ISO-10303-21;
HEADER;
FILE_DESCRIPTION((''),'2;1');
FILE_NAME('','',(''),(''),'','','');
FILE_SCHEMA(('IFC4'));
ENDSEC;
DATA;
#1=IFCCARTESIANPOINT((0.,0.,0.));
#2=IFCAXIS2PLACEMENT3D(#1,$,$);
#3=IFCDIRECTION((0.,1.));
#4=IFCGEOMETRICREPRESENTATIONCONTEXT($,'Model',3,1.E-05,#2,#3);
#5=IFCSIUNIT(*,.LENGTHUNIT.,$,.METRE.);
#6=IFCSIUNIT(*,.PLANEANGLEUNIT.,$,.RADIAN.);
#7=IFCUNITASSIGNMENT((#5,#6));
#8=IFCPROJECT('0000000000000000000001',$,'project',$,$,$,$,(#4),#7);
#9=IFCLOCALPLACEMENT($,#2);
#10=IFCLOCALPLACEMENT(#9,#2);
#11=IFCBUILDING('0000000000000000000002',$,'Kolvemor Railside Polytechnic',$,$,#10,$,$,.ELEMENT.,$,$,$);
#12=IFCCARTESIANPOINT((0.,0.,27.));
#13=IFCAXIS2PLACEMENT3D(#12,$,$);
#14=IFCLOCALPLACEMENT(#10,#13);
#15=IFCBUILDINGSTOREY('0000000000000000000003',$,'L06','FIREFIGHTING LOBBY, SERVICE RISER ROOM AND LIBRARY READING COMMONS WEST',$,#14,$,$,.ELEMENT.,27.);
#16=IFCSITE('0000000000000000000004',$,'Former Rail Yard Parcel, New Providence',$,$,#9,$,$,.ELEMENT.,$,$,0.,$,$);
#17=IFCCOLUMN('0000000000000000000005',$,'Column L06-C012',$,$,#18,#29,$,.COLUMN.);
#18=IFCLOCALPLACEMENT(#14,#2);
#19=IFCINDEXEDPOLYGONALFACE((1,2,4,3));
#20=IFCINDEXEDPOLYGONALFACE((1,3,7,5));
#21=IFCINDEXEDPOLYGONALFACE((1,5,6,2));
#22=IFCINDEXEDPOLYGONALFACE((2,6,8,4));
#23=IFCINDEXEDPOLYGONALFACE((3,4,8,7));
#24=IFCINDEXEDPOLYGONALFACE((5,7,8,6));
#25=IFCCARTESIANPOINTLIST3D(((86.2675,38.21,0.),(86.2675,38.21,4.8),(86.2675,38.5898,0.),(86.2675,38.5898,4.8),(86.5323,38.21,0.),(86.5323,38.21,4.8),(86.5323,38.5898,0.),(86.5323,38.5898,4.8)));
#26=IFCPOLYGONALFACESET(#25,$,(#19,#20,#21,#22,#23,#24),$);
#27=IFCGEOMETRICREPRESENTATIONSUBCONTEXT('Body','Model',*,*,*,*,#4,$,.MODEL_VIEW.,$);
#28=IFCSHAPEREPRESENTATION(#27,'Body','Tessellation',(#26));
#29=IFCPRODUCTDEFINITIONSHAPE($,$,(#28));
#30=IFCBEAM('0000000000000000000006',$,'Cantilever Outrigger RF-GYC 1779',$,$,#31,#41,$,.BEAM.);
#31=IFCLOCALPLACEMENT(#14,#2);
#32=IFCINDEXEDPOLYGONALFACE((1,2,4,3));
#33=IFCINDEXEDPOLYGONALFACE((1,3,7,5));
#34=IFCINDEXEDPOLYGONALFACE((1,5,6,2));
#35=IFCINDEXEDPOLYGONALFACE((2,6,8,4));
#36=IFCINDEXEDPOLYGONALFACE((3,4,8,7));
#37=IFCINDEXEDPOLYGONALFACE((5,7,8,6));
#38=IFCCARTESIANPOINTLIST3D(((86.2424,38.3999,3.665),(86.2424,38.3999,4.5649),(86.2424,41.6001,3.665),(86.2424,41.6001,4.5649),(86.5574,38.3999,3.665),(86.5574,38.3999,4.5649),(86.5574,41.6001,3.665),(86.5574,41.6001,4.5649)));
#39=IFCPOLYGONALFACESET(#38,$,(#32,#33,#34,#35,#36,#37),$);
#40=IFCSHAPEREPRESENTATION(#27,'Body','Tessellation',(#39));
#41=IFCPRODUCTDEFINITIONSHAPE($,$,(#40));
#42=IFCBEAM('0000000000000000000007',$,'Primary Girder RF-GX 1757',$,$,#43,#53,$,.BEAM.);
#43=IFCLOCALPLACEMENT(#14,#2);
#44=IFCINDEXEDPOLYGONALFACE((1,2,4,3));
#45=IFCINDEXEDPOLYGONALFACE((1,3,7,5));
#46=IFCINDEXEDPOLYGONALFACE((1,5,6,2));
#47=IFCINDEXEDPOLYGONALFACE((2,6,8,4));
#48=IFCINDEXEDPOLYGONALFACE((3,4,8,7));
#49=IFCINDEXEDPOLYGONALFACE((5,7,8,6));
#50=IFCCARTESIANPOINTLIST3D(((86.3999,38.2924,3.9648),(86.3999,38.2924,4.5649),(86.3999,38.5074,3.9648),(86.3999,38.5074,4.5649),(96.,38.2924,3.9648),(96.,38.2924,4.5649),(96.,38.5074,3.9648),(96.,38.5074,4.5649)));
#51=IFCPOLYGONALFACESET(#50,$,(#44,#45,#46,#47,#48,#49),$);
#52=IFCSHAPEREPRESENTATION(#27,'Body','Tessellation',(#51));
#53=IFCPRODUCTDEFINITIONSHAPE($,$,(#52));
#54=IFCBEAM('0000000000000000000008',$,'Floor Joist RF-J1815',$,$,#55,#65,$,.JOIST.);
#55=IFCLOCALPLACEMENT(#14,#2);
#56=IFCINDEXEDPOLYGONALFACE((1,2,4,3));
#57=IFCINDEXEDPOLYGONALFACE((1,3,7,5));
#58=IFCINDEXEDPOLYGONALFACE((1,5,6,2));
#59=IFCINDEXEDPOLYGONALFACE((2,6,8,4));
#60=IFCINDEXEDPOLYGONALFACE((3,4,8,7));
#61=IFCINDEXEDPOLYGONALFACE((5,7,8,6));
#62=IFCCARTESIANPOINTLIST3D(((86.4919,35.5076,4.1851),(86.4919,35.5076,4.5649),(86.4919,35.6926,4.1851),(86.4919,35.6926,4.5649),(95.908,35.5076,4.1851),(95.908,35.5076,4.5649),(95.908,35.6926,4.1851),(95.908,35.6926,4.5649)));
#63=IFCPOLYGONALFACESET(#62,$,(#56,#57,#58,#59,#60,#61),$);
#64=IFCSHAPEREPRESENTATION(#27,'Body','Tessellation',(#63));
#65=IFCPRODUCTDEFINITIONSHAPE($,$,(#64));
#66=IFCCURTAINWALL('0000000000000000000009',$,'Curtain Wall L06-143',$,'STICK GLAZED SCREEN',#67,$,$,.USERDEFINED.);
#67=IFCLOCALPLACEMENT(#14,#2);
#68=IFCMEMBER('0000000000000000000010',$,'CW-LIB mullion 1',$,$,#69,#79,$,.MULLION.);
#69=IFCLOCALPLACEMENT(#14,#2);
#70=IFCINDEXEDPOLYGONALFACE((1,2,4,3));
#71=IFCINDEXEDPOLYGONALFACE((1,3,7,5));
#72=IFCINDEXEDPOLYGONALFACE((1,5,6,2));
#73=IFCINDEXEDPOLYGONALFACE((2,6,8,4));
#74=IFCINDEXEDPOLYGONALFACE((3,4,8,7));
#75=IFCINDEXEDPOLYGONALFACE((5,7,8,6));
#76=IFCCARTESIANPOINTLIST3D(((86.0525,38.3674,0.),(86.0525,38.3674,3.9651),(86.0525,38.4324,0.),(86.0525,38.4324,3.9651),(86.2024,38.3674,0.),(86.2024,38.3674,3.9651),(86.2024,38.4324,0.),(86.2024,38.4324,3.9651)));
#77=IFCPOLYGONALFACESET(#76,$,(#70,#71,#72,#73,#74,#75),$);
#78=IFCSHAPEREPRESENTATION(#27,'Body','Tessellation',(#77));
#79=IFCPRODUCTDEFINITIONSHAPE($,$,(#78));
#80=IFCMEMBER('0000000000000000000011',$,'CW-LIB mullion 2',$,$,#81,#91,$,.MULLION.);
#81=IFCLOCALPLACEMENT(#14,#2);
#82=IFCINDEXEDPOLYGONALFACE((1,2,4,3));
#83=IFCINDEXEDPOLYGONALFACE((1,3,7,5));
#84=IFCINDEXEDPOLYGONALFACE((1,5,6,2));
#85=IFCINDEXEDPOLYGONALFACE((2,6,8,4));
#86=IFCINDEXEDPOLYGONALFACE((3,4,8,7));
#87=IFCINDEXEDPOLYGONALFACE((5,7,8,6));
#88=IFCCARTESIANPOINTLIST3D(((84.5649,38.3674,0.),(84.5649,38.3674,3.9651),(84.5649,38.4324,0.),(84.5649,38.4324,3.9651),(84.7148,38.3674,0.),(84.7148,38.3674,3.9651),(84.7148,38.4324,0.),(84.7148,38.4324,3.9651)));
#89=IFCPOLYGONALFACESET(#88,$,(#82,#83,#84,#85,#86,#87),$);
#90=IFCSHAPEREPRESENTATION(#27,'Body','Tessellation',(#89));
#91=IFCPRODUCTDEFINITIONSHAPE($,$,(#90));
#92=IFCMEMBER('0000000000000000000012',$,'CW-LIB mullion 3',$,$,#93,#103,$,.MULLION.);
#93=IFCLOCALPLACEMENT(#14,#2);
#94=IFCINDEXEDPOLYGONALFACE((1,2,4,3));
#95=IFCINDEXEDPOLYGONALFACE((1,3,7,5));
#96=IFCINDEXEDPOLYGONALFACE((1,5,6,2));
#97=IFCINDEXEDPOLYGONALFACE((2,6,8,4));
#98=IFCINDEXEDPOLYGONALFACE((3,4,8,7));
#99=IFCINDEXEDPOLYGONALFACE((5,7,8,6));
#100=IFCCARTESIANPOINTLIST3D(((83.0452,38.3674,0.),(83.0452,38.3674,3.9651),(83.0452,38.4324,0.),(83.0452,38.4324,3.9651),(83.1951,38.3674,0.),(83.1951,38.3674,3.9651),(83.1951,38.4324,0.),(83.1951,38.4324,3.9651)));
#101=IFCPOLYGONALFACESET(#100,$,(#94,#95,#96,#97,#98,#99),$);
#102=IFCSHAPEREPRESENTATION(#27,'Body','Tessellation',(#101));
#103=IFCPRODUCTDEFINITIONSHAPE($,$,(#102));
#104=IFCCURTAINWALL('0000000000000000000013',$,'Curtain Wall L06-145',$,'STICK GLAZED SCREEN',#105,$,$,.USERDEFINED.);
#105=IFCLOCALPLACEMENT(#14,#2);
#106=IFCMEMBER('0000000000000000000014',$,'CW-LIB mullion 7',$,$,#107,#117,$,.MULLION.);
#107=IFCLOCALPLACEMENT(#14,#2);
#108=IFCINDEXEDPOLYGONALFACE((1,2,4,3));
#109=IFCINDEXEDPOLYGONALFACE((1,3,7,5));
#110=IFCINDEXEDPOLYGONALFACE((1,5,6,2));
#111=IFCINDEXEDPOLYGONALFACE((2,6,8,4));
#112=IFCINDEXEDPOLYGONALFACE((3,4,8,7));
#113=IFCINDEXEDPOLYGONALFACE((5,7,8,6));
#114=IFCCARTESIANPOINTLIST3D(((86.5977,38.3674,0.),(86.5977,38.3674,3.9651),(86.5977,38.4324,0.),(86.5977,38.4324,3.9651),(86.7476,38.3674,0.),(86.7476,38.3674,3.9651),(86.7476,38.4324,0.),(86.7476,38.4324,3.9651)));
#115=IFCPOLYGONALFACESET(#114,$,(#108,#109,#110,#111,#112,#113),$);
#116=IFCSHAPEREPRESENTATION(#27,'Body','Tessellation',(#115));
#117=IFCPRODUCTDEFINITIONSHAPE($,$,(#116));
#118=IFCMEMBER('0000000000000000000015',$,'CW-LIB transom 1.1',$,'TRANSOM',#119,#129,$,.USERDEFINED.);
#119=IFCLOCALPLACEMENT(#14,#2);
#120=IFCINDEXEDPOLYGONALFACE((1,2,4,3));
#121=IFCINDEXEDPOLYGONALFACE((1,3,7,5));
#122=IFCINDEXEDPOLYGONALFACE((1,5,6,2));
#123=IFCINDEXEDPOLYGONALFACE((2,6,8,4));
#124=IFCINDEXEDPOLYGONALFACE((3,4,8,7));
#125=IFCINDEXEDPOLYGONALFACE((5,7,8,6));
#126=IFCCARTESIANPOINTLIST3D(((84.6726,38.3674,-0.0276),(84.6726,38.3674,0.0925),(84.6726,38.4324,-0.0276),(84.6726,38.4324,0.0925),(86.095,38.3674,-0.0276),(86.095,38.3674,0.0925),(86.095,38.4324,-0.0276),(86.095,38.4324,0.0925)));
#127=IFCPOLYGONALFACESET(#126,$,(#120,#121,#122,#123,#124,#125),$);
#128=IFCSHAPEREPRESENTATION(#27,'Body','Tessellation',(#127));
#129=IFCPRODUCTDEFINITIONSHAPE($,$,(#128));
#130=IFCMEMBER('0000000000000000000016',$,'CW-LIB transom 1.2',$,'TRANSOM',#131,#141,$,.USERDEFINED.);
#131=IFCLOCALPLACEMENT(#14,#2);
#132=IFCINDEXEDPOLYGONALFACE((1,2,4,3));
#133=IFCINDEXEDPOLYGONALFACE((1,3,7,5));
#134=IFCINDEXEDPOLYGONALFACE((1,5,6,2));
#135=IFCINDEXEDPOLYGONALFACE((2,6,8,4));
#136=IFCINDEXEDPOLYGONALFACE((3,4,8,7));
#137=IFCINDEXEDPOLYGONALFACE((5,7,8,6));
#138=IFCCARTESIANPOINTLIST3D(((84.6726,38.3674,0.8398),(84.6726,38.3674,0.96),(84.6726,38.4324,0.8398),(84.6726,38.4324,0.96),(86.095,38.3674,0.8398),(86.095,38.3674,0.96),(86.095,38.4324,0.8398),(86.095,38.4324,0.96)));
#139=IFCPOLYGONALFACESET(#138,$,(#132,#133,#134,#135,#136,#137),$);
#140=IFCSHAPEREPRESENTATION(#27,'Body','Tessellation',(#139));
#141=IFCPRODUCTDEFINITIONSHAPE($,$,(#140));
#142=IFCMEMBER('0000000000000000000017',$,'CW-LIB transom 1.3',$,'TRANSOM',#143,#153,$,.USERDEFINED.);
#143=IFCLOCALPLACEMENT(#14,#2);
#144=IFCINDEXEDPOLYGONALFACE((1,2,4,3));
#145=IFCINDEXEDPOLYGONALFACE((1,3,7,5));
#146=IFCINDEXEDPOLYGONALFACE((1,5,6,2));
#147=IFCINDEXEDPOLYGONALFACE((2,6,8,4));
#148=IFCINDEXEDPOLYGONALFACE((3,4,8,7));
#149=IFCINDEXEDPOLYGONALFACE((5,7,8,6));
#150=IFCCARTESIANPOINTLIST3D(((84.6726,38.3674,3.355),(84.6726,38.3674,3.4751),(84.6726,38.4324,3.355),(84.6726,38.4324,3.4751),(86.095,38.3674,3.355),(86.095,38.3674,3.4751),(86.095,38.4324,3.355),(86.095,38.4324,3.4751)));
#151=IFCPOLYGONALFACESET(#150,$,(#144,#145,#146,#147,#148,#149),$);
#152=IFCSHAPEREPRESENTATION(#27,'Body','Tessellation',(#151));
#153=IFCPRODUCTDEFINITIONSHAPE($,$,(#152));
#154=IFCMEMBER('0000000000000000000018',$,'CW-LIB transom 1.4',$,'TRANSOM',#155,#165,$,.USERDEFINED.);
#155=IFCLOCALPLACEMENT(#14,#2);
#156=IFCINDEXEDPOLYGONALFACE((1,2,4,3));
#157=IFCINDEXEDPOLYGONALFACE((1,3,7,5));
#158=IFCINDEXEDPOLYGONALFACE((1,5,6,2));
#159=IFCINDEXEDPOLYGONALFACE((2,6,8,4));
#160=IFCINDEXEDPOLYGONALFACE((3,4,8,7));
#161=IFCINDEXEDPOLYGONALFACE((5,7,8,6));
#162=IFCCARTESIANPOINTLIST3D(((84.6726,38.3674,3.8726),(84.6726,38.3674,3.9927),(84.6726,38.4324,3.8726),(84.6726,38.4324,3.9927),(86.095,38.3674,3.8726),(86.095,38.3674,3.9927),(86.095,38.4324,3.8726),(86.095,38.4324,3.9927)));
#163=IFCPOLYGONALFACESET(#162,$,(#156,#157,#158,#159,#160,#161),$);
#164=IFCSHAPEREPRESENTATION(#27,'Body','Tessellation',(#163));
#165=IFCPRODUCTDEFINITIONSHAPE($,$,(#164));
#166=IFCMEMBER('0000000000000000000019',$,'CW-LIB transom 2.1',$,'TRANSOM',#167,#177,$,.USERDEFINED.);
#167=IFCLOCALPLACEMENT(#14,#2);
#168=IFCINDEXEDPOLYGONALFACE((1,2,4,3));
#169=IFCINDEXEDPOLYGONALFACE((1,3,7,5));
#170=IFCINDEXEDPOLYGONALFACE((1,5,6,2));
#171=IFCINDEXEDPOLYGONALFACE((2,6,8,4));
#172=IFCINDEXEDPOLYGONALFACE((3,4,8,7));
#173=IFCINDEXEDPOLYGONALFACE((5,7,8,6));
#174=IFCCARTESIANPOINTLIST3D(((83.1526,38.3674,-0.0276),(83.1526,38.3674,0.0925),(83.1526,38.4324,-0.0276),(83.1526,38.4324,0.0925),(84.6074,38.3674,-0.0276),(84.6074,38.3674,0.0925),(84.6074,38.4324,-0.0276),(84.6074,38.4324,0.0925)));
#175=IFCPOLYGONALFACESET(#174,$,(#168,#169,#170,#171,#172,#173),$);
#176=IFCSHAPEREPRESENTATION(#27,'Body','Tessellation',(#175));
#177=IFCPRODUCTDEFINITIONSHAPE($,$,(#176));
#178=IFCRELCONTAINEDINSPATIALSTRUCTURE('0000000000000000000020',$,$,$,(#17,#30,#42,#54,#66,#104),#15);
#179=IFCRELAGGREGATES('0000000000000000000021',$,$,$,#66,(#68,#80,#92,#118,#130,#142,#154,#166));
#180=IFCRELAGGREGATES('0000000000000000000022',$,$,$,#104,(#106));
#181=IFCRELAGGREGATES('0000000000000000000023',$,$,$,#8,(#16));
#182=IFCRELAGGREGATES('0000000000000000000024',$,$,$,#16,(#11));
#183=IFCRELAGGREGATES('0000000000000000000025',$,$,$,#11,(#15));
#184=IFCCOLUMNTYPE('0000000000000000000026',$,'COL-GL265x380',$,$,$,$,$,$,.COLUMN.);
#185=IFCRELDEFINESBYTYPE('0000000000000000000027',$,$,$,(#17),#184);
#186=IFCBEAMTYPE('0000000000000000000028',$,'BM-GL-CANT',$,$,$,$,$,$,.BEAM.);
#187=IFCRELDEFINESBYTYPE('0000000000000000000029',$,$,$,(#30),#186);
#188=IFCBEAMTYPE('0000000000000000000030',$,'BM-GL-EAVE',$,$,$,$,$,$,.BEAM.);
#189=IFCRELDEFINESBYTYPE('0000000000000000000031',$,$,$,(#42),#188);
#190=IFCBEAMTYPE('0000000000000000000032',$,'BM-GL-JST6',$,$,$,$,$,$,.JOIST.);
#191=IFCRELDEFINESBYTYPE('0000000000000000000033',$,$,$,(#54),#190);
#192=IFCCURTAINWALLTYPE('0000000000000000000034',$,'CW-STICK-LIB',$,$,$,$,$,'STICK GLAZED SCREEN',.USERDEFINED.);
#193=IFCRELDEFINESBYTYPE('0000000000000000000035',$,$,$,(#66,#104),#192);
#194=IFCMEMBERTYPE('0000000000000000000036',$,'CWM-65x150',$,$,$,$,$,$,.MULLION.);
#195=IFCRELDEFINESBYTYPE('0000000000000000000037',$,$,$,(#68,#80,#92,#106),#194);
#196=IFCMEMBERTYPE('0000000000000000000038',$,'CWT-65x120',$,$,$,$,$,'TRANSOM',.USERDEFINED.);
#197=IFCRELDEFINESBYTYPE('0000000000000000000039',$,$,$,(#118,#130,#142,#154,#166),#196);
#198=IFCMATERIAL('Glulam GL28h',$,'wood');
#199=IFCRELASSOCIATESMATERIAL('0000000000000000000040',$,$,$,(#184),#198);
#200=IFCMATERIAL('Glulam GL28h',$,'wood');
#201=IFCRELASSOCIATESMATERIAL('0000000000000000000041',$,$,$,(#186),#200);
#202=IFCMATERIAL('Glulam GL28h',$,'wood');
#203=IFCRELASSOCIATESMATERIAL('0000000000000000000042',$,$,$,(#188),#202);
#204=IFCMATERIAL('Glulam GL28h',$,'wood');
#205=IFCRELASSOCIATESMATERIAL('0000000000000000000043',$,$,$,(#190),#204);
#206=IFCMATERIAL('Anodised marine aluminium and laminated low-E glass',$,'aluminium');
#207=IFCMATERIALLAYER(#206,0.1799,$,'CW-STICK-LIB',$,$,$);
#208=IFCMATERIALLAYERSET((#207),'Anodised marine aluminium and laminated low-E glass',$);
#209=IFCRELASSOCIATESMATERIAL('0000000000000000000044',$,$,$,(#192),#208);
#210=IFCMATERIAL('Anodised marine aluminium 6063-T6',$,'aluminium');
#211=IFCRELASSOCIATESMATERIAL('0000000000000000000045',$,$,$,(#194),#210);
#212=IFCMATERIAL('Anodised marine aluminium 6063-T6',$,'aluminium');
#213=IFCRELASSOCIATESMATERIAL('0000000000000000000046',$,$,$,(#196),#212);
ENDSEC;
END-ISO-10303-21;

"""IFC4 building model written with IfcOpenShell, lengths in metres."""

from ifc_helpers import new_model, si_unit, direction, frame, origin, origin_2d, place, context, subcontext, project, spatial, rectangle, extrude, material, layer, layer_set, material_profile, profile_set, type_object, element, aggregate, save


model = new_model("IFC4")

# Units and contexts
model_context = context("Model", 3, precision=1e-05, world=origin(), true_north=direction((0.0, 1.0)))
body_context = subcontext(model_context, "Body", "Model", "MODEL_VIEW")
ifc_project = project(units=[si_unit("LENGTHUNIT", "METRE"), si_unit("PLANEANGLEUNIT", "RADIAN")], contexts=[model_context])

# Site, building, storey
site_placement = place(None, origin())
site = spatial("IfcSite", under=ifc_project, at=site_placement, Name="Former Rail Yard Parcel, New Providence", CompositionType="ELEMENT", RefElevation=0.0)
building_placement = place(site_placement, origin())
building = spatial("IfcBuilding", under=site, at=building_placement, Name="Kolvemor Railside Polytechnic", CompositionType="ELEMENT")
storey_placement = place(building_placement, frame((0.0, 0.0, 27.0)))
storey = spatial("IfcBuildingStorey", under=building, at=storey_placement, Name="L06", Description="FIREFIGHTING LOBBY, SERVICE RISER ROOM AND LIBRARY READING COMMONS WEST", CompositionType="ELEMENT", Elevation=27.0)

# Column
ifc_material_1 = material(Name="Glulam GL28h", Category="wood")
ifc_material_profile_1 = material_profile(ifc_material_1, rectangle(XDim=0.2649, YDim=0.3799, at=origin_2d()), Name="GL265x380")
ifc_profile_set_1 = profile_set([ifc_material_profile_1], Name="Glulam GL28h")
column_type = type_object("IfcColumnType", Name="COL-GL265x380", PredefinedType="COLUMN", material=ifc_profile_set_1)
column_placement = place(storey_placement, frame((86.3999, 38.3999, 0.0), z_axis=(0.0, 0.0, 1.0), x_axis=(1.0, 0.0, 0.0)))
element("IfcColumn", 1, at=column_placement, inside=storey, type_object=column_type, Name="Column L06-C012", PredefinedType="COLUMN", context=body_context, shape_type="SweptSolid", body=[
    extrude(rectangle(XDim=0.2649, YDim=0.3799, at=origin_2d()), origin(), (0.0, 0.0, 1.0), 4.8),
])

# Beams
ifc_material_2 = material(Name="Glulam GL28h", Category="wood")
ifc_material_profile_2 = material_profile(ifc_material_2, rectangle(XDim=0.3149, YDim=0.8999, at=origin_2d()), Name="GL315x900")
ifc_profile_set_2 = profile_set([ifc_material_profile_2], Name="Glulam GL28h")
beam_type_1 = type_object("IfcBeamType", Name="BM-GL-CANT", PredefinedType="BEAM", material=ifc_profile_set_2)
beam_1_placement = place(storey_placement, frame((86.3999, 38.3999, 4.115), z_axis=(0.0, 1.0, 0.0), x_axis=(-1.0, 0.0, 0.0)))
element("IfcBeam", 2, at=beam_1_placement, inside=storey, type_object=beam_type_1, Name="Cantilever Outrigger RF-GYC 1779", PredefinedType="BEAM", context=body_context, shape_type="SweptSolid", body=[
    extrude(rectangle(XDim=0.3149, YDim=0.8999, at=origin_2d()), origin(), (0.0, 0.0, 1.0), 3.2002),
])
ifc_material_3 = material(Name="Glulam GL28h", Category="wood")
ifc_material_profile_3 = material_profile(ifc_material_3, rectangle(XDim=0.2151, YDim=0.6001, at=origin_2d()), Name="GL215x600")
ifc_profile_set_3 = profile_set([ifc_material_profile_3], Name="Glulam GL28h")
beam_type_2 = type_object("IfcBeamType", Name="BM-GL-EAVE", PredefinedType="BEAM", material=ifc_profile_set_3)
beam_2_placement = place(storey_placement, frame((86.3999, 38.3999, 4.2649), z_axis=(1.0, 0.0, 0.0), x_axis=(0.0, 1.0, 0.0)))
element("IfcBeam", 3, at=beam_2_placement, inside=storey, type_object=beam_type_2, Name="Primary Girder RF-GX 1757", PredefinedType="BEAM", context=body_context, shape_type="SweptSolid", body=[
    extrude(rectangle(XDim=0.2151, YDim=0.6001, at=origin_2d()), origin(), (0.0, 0.0, 1.0), 9.6001),
])
ifc_material_4 = material(Name="Glulam GL28h", Category="wood")
ifc_material_profile_4 = material_profile(ifc_material_4, rectangle(XDim=0.1851, YDim=0.3799, at=origin_2d()), Name="GL185x380")
ifc_profile_set_4 = profile_set([ifc_material_profile_4], Name="Glulam GL28h")
beam_type_3 = type_object("IfcBeamType", Name="BM-GL-JST6", PredefinedType="JOIST", material=ifc_profile_set_4)
beam_3_placement = place(storey_placement, frame((86.4919, 35.6001, 4.375), z_axis=(1.0, 0.0, 0.0), x_axis=(0.0, 1.0, 0.0)))
element("IfcBeam", 4, at=beam_3_placement, inside=storey, type_object=beam_type_3, Name="Floor Joist RF-J1815", PredefinedType="JOIST", context=body_context, shape_type="SweptSolid", body=[
    extrude(rectangle(XDim=0.1851, YDim=0.3799, at=origin_2d()), origin(), (0.0, 0.0, 1.0), 9.416),
])

# Curtain wall, members
ifc_material_5 = material(Name="Anodised marine aluminium and laminated low-E glass", Category="aluminium")
ifc_layer_1 = layer(ifc_material_5, 0.1799, Name="CW-STICK-LIB")
ifc_layer_set_1 = layer_set([ifc_layer_1], Name="Anodised marine aluminium and laminated low-E glass")
curtain_wall_type = type_object("IfcCurtainWallType", Name="CW-STICK-LIB", ElementType="STICK GLAZED SCREEN", PredefinedType="USERDEFINED", material=ifc_layer_set_1)
curtain_wall_1_placement = place(storey_placement, origin())
curtain_wall_1 = element("IfcCurtainWall", 5, at=curtain_wall_1_placement, inside=storey, type_object=curtain_wall_type, Name="Curtain Wall L06-143", ObjectType="STICK GLAZED SCREEN", PredefinedType="USERDEFINED")
ifc_material_6 = material(Name="Anodised marine aluminium 6063-T6", Category="aluminium")
ifc_material_profile_5 = material_profile(ifc_material_6, rectangle(XDim=0.0649, YDim=0.1499, at=origin_2d()), Name="CW-MUL-65x150")
ifc_profile_set_5 = profile_set([ifc_material_profile_5], Name="Anodised marine aluminium 6063-T6")
member_type_1 = type_object("IfcMemberType", Name="CWM-65x150", PredefinedType="MULLION", material=ifc_profile_set_5)
member_1_placement = place(storey_placement, frame((86.1274, 38.3999, 0.0), z_axis=(0.0, 0.0, 1.0), x_axis=(0.0, -1.0, 0.0)))
member_1 = element("IfcMember", 6, at=member_1_placement, type_object=member_type_1, Name="CW-LIB mullion 1", PredefinedType="MULLION", context=body_context, shape_type="SweptSolid", body=[
    extrude(rectangle(XDim=0.0649, YDim=0.1499, at=origin_2d()), origin(), (0.0, 0.0, 1.0), 3.9651),
])
member_2_placement = place(storey_placement, frame((84.6399, 38.3999, 0.0), z_axis=(0.0, 0.0, 1.0), x_axis=(0.0, -1.0, 0.0)))
member_2 = element("IfcMember", 7, at=member_2_placement, type_object=member_type_1, Name="CW-LIB mullion 2", PredefinedType="MULLION", context=body_context, shape_type="SweptSolid", body=[
    extrude(rectangle(XDim=0.0649, YDim=0.1499, at=origin_2d()), origin(), (0.0, 0.0, 1.0), 3.9651),
])
member_3_placement = place(storey_placement, frame((83.1201, 38.3999, 0.0), z_axis=(0.0, 0.0, 1.0), x_axis=(0.0, -1.0, 0.0)))
member_3 = element("IfcMember", 8, at=member_3_placement, type_object=member_type_1, Name="CW-LIB mullion 3", PredefinedType="MULLION", context=body_context, shape_type="SweptSolid", body=[
    extrude(rectangle(XDim=0.0649, YDim=0.1499, at=origin_2d()), origin(), (0.0, 0.0, 1.0), 3.9651),
])

# Curtain wall, member
curtain_wall_2_placement = place(storey_placement, origin())
curtain_wall_2 = element("IfcCurtainWall", 9, at=curtain_wall_2_placement, inside=storey, type_object=curtain_wall_type, Name="Curtain Wall L06-145", ObjectType="STICK GLAZED SCREEN", PredefinedType="USERDEFINED")
member_4_placement = place(storey_placement, frame((86.6726, 38.3999, 0.0), z_axis=(0.0, 0.0, 1.0), x_axis=(0.0, -1.0, 0.0)))
member_4 = element("IfcMember", 10, at=member_4_placement, type_object=member_type_1, Name="CW-LIB mullion 7", PredefinedType="MULLION", context=body_context, shape_type="SweptSolid", body=[
    extrude(rectangle(XDim=0.0649, YDim=0.1499, at=origin_2d()), origin(), (0.0, 0.0, 1.0), 3.9651),
])

# Members
ifc_material_7 = material(Name="Anodised marine aluminium 6063-T6", Category="aluminium")
ifc_material_profile_6 = material_profile(ifc_material_7, rectangle(XDim=0.0649, YDim=0.1201, at=origin_2d()), Name="CW-TRN-65x120")
ifc_profile_set_6 = profile_set([ifc_material_profile_6], Name="Anodised marine aluminium 6063-T6")
member_type_2 = type_object("IfcMemberType", Name="CWT-65x120", ElementType="TRANSOM", PredefinedType="USERDEFINED", material=ifc_profile_set_6)
member_5_placement = place(storey_placement, frame((86.095, 38.3999, 0.0325), z_axis=(-1.0, 0.0, 0.0), x_axis=(0.0, -1.0, 0.0)))
member_5 = element("IfcMember", 11, at=member_5_placement, type_object=member_type_2, Name="CW-LIB transom 1.1", ObjectType="TRANSOM", PredefinedType="USERDEFINED", context=body_context, shape_type="SweptSolid", body=[
    extrude(rectangle(XDim=0.0649, YDim=0.1201, at=origin_2d()), origin(), (0.0, 0.0, 1.0), 1.4224),
])
member_6_placement = place(storey_placement, frame((86.095, 38.3999, 0.8999), z_axis=(-1.0, 0.0, 0.0), x_axis=(0.0, -1.0, 0.0)))
member_6 = element("IfcMember", 12, at=member_6_placement, type_object=member_type_2, Name="CW-LIB transom 1.2", ObjectType="TRANSOM", PredefinedType="USERDEFINED", context=body_context, shape_type="SweptSolid", body=[
    extrude(rectangle(XDim=0.0649, YDim=0.1201, at=origin_2d()), origin(), (0.0, 0.0, 1.0), 1.4224),
])
member_7_placement = place(storey_placement, frame((86.095, 38.3999, 3.415), z_axis=(-1.0, 0.0, 0.0), x_axis=(0.0, -1.0, 0.0)))
member_7 = element("IfcMember", 13, at=member_7_placement, type_object=member_type_2, Name="CW-LIB transom 1.3", ObjectType="TRANSOM", PredefinedType="USERDEFINED", context=body_context, shape_type="SweptSolid", body=[
    extrude(rectangle(XDim=0.0649, YDim=0.1201, at=origin_2d()), origin(), (0.0, 0.0, 1.0), 1.4224),
])
member_8_placement = place(storey_placement, frame((86.095, 38.3999, 3.9326), z_axis=(-1.0, 0.0, 0.0), x_axis=(0.0, -1.0, 0.0)))
member_8 = element("IfcMember", 14, at=member_8_placement, type_object=member_type_2, Name="CW-LIB transom 1.4", ObjectType="TRANSOM", PredefinedType="USERDEFINED", context=body_context, shape_type="SweptSolid", body=[
    extrude(rectangle(XDim=0.0649, YDim=0.1201, at=origin_2d()), origin(), (0.0, 0.0, 1.0), 1.4224),
])
member_9_placement = place(storey_placement, frame((84.6074, 38.3999, 0.0325), z_axis=(-1.0, 0.0, 0.0), x_axis=(0.0, -1.0, 0.0)))
member_9 = element("IfcMember", 15, at=member_9_placement, type_object=member_type_2, Name="CW-LIB transom 2.1", ObjectType="TRANSOM", PredefinedType="USERDEFINED", context=body_context, shape_type="SweptSolid", body=[
    extrude(rectangle(XDim=0.0649, YDim=0.1201, at=origin_2d()), origin(), (0.0, 0.0, 1.0), 1.4548),
])

aggregate(curtain_wall_1, [member_1, member_2, member_3, member_5, member_6, member_7, member_8, member_9])
aggregate(curtain_wall_2, [member_4])

save(model, "model.ifc")
